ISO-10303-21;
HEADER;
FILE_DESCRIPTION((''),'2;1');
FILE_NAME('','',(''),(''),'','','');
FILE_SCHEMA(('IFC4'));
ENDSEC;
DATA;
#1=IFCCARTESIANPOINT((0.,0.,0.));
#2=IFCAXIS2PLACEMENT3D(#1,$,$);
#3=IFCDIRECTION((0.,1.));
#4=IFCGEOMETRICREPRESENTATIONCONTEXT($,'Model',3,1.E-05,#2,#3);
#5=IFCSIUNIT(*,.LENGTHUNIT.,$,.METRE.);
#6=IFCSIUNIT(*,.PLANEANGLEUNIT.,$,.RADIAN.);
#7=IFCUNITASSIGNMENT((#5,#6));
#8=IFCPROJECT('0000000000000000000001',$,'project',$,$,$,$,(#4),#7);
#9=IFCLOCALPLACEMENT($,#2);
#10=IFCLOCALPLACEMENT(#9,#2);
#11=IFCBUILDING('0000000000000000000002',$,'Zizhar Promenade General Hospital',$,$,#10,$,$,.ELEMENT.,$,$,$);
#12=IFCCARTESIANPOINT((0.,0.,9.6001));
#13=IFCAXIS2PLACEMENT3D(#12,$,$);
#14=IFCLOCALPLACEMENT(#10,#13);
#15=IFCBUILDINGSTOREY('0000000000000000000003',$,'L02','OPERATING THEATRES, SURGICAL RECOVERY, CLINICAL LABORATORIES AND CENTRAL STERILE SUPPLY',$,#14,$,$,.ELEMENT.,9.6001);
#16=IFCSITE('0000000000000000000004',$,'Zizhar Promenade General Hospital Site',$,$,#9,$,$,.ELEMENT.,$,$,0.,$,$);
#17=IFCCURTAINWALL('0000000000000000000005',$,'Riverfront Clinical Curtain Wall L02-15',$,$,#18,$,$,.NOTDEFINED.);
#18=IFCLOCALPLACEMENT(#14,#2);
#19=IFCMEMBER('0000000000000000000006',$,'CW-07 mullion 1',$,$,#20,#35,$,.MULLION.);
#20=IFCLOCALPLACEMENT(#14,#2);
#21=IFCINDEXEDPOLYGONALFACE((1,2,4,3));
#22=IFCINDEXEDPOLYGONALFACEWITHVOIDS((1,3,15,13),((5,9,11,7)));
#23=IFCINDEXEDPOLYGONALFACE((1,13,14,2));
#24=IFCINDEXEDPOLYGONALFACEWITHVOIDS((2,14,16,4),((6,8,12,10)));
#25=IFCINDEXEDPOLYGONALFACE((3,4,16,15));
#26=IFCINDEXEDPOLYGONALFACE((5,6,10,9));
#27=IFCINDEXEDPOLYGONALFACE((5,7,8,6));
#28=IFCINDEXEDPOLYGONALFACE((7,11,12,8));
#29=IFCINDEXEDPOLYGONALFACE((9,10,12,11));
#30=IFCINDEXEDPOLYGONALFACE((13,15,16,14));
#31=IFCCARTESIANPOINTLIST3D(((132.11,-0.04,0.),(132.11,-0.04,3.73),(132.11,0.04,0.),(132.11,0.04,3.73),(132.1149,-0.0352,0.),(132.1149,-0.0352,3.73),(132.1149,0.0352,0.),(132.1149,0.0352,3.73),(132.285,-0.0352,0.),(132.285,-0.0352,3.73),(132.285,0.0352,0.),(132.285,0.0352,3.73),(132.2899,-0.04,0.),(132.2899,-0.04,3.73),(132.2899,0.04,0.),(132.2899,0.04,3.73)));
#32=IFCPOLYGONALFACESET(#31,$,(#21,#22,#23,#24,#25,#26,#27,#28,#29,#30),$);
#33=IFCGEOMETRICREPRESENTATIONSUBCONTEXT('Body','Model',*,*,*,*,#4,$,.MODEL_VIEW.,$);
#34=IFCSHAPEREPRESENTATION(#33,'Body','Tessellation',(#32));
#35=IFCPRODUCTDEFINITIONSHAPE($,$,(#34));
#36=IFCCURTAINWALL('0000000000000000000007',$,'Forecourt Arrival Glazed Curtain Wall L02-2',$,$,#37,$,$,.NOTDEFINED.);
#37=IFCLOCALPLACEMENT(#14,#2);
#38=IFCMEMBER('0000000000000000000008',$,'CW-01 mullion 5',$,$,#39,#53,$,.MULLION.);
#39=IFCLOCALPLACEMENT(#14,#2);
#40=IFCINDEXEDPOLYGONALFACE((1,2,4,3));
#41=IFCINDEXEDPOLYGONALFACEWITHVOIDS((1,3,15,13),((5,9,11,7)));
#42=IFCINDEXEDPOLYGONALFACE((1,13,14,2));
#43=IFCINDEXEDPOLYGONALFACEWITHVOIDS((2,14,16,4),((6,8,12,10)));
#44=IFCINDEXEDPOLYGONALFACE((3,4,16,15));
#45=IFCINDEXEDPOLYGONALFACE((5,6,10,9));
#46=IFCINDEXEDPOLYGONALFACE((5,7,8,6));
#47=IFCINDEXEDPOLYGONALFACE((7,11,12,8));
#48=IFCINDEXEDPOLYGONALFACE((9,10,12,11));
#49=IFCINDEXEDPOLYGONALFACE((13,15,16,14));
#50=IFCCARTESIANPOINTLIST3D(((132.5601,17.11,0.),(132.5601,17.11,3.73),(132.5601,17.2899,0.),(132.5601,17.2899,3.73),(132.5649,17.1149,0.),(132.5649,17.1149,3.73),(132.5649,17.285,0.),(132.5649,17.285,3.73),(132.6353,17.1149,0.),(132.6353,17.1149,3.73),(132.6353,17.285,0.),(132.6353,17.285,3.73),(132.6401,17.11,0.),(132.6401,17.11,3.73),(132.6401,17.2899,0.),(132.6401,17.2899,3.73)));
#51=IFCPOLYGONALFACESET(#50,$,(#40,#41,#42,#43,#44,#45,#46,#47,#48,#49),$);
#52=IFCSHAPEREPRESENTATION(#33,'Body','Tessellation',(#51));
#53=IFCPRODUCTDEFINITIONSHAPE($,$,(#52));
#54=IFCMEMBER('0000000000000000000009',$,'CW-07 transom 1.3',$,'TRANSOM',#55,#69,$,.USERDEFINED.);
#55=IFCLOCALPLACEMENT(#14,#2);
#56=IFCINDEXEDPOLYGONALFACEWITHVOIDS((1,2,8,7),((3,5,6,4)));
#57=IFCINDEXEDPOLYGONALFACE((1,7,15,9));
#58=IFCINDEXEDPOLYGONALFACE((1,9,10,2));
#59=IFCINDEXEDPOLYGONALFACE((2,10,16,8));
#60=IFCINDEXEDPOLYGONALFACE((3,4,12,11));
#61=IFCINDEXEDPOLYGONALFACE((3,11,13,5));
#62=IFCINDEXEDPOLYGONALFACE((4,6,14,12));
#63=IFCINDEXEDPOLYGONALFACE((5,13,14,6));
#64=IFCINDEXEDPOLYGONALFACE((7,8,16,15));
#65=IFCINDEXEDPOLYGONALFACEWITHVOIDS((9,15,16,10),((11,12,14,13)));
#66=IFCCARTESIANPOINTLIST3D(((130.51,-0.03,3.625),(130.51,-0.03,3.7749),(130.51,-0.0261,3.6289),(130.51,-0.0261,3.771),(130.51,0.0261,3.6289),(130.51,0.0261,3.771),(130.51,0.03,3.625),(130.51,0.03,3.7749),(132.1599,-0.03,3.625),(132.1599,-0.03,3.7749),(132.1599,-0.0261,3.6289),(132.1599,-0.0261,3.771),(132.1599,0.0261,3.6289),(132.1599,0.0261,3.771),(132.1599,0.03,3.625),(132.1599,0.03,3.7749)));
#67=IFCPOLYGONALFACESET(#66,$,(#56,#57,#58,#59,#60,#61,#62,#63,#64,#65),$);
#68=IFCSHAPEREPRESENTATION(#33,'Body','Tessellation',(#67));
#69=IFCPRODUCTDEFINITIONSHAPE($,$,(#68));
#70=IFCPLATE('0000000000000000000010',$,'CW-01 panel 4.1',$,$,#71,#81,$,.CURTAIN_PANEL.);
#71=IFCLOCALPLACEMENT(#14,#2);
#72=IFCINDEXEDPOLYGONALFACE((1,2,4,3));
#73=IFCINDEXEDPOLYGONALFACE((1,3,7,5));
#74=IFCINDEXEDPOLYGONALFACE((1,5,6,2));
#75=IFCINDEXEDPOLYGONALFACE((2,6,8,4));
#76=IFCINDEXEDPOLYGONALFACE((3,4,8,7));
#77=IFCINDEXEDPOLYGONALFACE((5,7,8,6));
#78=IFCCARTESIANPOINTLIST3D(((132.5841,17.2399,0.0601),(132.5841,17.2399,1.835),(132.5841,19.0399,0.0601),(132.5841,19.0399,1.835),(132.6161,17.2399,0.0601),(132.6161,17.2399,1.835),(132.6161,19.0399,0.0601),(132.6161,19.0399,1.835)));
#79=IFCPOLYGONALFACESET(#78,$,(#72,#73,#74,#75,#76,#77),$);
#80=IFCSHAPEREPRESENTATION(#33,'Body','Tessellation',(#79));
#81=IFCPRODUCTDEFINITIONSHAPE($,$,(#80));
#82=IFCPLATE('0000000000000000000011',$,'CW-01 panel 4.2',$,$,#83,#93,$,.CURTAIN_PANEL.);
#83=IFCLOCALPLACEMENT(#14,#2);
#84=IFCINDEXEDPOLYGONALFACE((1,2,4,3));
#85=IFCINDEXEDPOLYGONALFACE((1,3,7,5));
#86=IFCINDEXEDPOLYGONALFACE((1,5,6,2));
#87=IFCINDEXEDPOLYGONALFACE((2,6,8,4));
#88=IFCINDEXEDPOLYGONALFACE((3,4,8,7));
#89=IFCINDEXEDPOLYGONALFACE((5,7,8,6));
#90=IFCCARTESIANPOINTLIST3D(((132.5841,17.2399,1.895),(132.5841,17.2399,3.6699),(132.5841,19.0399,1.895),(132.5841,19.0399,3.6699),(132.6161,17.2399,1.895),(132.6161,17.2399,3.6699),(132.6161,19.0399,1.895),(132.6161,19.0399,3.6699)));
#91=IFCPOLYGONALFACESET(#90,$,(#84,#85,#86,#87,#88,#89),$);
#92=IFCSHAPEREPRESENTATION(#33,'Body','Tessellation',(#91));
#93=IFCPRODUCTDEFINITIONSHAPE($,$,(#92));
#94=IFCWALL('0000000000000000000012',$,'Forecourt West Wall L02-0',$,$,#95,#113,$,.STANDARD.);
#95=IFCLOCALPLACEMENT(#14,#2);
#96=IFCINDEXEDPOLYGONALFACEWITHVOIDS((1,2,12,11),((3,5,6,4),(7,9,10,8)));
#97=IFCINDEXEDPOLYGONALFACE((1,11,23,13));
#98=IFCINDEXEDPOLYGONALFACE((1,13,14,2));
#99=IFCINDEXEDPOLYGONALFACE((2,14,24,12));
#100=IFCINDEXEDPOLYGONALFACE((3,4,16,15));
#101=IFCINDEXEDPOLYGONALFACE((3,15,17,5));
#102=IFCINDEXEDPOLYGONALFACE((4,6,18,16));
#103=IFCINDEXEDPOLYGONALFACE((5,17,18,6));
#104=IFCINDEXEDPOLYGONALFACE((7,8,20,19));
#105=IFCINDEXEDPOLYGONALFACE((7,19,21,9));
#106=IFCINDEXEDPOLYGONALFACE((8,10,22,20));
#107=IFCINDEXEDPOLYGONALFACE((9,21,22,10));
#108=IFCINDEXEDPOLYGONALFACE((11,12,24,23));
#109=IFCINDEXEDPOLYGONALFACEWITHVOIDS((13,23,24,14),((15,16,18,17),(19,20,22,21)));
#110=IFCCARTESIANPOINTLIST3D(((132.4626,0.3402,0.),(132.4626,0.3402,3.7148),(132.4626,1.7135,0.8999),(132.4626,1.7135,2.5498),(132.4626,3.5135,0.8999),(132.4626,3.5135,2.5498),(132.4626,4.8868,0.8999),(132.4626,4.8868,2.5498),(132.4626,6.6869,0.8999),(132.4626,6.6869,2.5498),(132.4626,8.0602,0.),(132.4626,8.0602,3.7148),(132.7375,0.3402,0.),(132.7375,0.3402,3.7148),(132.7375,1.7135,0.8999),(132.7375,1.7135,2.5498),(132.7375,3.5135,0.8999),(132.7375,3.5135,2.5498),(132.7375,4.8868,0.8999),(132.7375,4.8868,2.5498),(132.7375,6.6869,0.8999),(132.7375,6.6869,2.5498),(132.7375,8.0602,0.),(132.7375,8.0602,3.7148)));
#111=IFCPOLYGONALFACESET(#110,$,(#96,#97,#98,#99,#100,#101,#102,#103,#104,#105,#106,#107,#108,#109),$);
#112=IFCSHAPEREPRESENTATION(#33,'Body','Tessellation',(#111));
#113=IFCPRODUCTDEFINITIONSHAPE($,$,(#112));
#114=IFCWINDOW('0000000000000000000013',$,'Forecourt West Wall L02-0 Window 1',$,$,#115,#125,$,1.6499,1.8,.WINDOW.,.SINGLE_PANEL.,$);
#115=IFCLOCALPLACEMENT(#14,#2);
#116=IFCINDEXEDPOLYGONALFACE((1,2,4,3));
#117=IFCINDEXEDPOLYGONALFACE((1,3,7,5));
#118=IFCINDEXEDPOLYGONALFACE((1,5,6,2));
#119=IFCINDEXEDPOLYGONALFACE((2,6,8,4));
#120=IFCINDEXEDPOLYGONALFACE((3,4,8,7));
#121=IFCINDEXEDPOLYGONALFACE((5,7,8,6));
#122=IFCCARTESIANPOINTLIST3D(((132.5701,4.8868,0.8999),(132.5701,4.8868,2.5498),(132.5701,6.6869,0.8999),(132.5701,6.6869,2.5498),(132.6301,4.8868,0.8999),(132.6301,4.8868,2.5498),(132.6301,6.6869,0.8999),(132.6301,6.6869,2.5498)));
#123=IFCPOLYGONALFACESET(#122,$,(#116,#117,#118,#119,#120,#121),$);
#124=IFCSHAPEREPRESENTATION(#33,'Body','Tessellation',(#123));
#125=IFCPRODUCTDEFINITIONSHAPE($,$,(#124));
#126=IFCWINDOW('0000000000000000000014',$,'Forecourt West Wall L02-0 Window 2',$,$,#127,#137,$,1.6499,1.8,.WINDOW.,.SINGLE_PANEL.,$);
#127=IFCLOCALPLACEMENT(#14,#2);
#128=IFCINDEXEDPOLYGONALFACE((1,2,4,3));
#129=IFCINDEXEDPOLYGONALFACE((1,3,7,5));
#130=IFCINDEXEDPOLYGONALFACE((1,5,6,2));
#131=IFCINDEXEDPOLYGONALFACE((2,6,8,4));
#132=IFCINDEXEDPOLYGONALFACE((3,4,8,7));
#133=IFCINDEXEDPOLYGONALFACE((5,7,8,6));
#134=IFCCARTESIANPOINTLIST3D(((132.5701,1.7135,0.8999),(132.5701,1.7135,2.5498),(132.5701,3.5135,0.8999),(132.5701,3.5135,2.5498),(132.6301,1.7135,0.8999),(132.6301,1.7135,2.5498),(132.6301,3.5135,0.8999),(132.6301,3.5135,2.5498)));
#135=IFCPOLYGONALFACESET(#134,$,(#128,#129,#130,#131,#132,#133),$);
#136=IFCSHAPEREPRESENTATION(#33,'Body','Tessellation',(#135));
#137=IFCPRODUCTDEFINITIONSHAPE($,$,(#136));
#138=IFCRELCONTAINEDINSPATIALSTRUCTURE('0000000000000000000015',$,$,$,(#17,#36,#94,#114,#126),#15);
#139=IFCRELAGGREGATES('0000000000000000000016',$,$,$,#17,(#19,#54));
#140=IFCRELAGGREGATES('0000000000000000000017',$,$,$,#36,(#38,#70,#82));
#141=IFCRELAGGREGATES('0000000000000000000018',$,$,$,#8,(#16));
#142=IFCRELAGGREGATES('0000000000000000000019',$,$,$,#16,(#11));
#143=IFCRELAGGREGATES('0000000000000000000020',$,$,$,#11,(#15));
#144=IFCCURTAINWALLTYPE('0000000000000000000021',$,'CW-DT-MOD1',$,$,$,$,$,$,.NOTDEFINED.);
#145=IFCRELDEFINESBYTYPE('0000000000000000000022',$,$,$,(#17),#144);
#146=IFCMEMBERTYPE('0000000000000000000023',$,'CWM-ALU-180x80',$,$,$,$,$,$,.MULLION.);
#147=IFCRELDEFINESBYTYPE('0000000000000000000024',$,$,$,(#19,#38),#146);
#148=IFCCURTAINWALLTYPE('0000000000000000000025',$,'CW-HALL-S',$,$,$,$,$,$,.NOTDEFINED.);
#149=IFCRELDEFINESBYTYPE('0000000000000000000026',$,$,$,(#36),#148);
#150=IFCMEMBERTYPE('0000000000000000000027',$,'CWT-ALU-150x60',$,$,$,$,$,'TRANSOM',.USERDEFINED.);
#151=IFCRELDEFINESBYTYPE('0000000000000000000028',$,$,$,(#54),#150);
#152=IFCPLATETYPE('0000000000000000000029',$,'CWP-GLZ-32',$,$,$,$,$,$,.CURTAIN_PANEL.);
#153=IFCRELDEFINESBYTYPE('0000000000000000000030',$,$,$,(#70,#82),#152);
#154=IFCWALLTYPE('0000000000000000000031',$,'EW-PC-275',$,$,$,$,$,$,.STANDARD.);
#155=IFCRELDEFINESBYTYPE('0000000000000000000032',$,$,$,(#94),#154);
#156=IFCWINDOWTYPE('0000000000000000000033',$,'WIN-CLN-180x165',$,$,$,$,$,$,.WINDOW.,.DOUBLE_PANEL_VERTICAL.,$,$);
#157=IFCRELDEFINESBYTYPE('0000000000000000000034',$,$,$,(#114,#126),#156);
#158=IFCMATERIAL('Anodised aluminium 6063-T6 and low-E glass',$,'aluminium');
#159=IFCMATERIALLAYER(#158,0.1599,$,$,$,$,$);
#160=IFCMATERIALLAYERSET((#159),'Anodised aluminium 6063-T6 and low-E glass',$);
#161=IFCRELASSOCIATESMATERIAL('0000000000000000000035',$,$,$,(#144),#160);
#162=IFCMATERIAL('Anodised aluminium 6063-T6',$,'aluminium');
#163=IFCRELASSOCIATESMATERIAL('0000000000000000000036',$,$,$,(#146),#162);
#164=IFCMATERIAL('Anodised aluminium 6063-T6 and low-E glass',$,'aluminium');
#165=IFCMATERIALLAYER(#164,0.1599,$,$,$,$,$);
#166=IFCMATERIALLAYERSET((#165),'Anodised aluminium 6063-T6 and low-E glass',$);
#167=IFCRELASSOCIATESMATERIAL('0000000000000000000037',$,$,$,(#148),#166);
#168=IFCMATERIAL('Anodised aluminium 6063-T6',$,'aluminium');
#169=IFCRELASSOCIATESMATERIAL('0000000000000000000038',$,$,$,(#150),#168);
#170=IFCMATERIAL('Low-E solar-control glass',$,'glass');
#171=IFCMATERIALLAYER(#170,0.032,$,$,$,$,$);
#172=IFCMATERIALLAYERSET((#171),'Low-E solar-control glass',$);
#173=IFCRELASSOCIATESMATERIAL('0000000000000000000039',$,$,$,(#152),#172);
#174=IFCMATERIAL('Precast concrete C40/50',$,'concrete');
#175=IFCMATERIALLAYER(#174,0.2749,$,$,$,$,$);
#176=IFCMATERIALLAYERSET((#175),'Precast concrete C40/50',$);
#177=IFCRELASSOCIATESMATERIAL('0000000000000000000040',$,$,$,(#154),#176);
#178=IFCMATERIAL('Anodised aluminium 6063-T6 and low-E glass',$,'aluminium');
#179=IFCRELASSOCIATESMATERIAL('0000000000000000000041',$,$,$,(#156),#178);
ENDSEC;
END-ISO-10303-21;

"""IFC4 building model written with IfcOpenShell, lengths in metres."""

from ifc_helpers import new_model, si_unit, direction, frame, frame_2d, origin, origin_2d, place, context, subcontext, project, spatial, rectangle, hollow_rectangle, extrude, material, layer, layer_set, material_profile, profile_set, type_object, element, fill, aggregate, save


model = new_model("IFC4")

# Units and contexts
model_context = context("Model", 3, precision=1e-05, world=origin(), true_north=direction((0.0, 1.0)))
body_context = subcontext(model_context, "Body", "Model", "MODEL_VIEW")
ifc_project = project(units=[si_unit("LENGTHUNIT", "METRE"), si_unit("PLANEANGLEUNIT", "RADIAN")], contexts=[model_context])

# Site, building, storey
site_placement = place(None, origin())
site = spatial("IfcSite", under=ifc_project, at=site_placement, Name="Zizhar Promenade General Hospital Site", CompositionType="ELEMENT", RefElevation=0.0)
building_placement = place(site_placement, origin())
building = spatial("IfcBuilding", under=site, at=building_placement, Name="Zizhar Promenade General Hospital", CompositionType="ELEMENT")
storey_placement = place(building_placement, frame((0.0, 0.0, 9.6001)))
storey = spatial("IfcBuildingStorey", under=building, at=storey_placement, Name="L02", Description="OPERATING THEATRES, SURGICAL RECOVERY, CLINICAL LABORATORIES AND CENTRAL STERILE SUPPLY", CompositionType="ELEMENT", Elevation=9.6001)

# Curtain walls, members
ifc_material_1 = material(Name="Anodised aluminium 6063-T6 and low-E glass", Category="aluminium")
ifc_layer_1 = layer(ifc_material_1, 0.1599)
ifc_layer_set_1 = layer_set([ifc_layer_1], Name="Anodised aluminium 6063-T6 and low-E glass")
curtain_wall_type_1 = type_object("IfcCurtainWallType", Name="CW-DT-MOD1", PredefinedType="NOTDEFINED", material=ifc_layer_set_1)
curtain_wall_1_placement = place(storey_placement, origin())
curtain_wall_1 = element("IfcCurtainWall", 1, at=curtain_wall_1_placement, inside=storey, type_object=curtain_wall_type_1, Name="Riverfront Clinical Curtain Wall L02-15", PredefinedType="NOTDEFINED")
ifc_material_2 = material(Name="Anodised aluminium 6063-T6", Category="aluminium")
ifc_material_profile_1 = material_profile(ifc_material_2, hollow_rectangle(XDim=0.0801, YDim=0.1799, WallThickness=0.0049, at=origin_2d()))
ifc_profile_set_1 = profile_set([ifc_material_profile_1], Name="Anodised aluminium 6063-T6")
member_type_1 = type_object("IfcMemberType", Name="CWM-ALU-180x80", PredefinedType="MULLION", material=ifc_profile_set_1)
member_1_placement = place(storey_placement, frame((132.2, 0.0, 0.0), z_axis=(0.0, 0.0, 1.0), x_axis=(0.0, -1.0, 0.0)))
member_1 = element("IfcMember", 2, at=member_1_placement, type_object=member_type_1, Name="CW-07 mullion 1", PredefinedType="MULLION", context=body_context, shape_type="SweptSolid", body=[
    extrude(hollow_rectangle(XDim=0.0801, YDim=0.1799, WallThickness=0.0049, at=origin_2d()), origin(), (0.0, 0.0, 1.0), 3.73),
])
ifc_material_3 = material(Name="Anodised aluminium 6063-T6 and low-E glass", Category="aluminium")
ifc_layer_2 = layer(ifc_material_3, 0.1599)
ifc_layer_set_2 = layer_set([ifc_layer_2], Name="Anodised aluminium 6063-T6 and low-E glass")
curtain_wall_type_2 = type_object("IfcCurtainWallType", Name="CW-HALL-S", PredefinedType="NOTDEFINED", material=ifc_layer_set_2)
curtain_wall_2_placement = place(storey_placement, origin())
curtain_wall_2 = element("IfcCurtainWall", 3, at=curtain_wall_2_placement, inside=storey, type_object=curtain_wall_type_2, Name="Forecourt Arrival Glazed Curtain Wall L02-2", PredefinedType="NOTDEFINED")
member_2_placement = place(storey_placement, frame((132.6001, 17.2, 0.0), z_axis=(0.0, 0.0, 1.0), x_axis=(1.0, 0.0, 0.0)))
member_2 = element("IfcMember", 4, at=member_2_placement, type_object=member_type_1, Name="CW-01 mullion 5", PredefinedType="MULLION", context=body_context, shape_type="SweptSolid", body=[
    extrude(hollow_rectangle(XDim=0.0801, YDim=0.1799, WallThickness=0.0049, at=origin_2d()), origin(), (0.0, 0.0, 1.0), 3.73),
])

# Member
ifc_material_4 = material(Name="Anodised aluminium 6063-T6", Category="aluminium")
ifc_material_profile_2 = material_profile(ifc_material_4, hollow_rectangle(XDim=0.0601, YDim=0.1499, WallThickness=0.0039, at=origin_2d()))
ifc_profile_set_2 = profile_set([ifc_material_profile_2], Name="Anodised aluminium 6063-T6")
member_type_2 = type_object("IfcMemberType", Name="CWT-ALU-150x60", ElementType="TRANSOM", PredefinedType="USERDEFINED", material=ifc_profile_set_2)
member_3_placement = place(storey_placement, frame((132.1599, 0.0, 3.7), z_axis=(-1.0, 0.0, 0.0), x_axis=(0.0, -1.0, 0.0)))
member_3 = element("IfcMember", 5, at=member_3_placement, type_object=member_type_2, Name="CW-07 transom 1.3", ObjectType="TRANSOM", PredefinedType="USERDEFINED", context=body_context, shape_type="SweptSolid", body=[
    extrude(hollow_rectangle(XDim=0.0601, YDim=0.1499, WallThickness=0.0039, at=origin_2d()), origin(), (0.0, 0.0, 1.0), 1.6499),
])
aggregate(curtain_wall_1, [member_1, member_3])

# Plates
ifc_material_5 = material(Name="Low-E solar-control glass", Category="glass")
ifc_layer_3 = layer(ifc_material_5, 0.032)
ifc_layer_set_3 = layer_set([ifc_layer_3], Name="Low-E solar-control glass")
plate_type = type_object("IfcPlateType", Name="CWP-GLZ-32", PredefinedType="CURTAIN_PANEL", material=ifc_layer_set_3)
plate_1_placement = place(storey_placement, frame((132.6001, 18.1399, 0.0601), z_axis=(0.0, 0.0, 1.0), x_axis=(0.0, -1.0, 0.0)))
plate_1 = element("IfcPlate", 6, at=plate_1_placement, type_object=plate_type, Name="CW-01 panel 4.1", PredefinedType="CURTAIN_PANEL", context=body_context, shape_type="SweptSolid", body=[
    extrude(rectangle(XDim=1.8, YDim=0.032, at=origin_2d()), origin(), (0.0, 0.0, 1.0), 1.7749),
])
plate_2_placement = place(storey_placement, frame((132.6001, 18.1399, 1.895), z_axis=(0.0, 0.0, 1.0), x_axis=(0.0, -1.0, 0.0)))
plate_2 = element("IfcPlate", 7, at=plate_2_placement, type_object=plate_type, Name="CW-01 panel 4.2", PredefinedType="CURTAIN_PANEL", context=body_context, shape_type="SweptSolid", body=[
    extrude(rectangle(XDim=1.8, YDim=0.032, at=origin_2d()), origin(), (0.0, 0.0, 1.0), 1.7749),
])
aggregate(curtain_wall_2, [member_2, plate_1, plate_2])

# Wall, openings, windows
ifc_material_6 = material(Name="Precast concrete C40/50", Category="concrete")
ifc_layer_4 = layer(ifc_material_6, 0.2749)
ifc_layer_set_4 = layer_set([ifc_layer_4], Name="Precast concrete C40/50")
wall_type = type_object("IfcWallType", Name="EW-PC-275", PredefinedType="STANDARD", material=ifc_layer_set_4)
wall_1_placement = place(storey_placement, frame((132.6001, 8.0601, 0.0), z_axis=(0.0, 0.0, 1.0), x_axis=(0.0, -1.0, 0.0)))
wall_1 = element("IfcWall", 8, at=wall_1_placement, inside=storey, type_object=wall_type, Name="Forecourt West Wall L02-0", PredefinedType="STANDARD", context=body_context, shape_type="SweptSolid", body=[
    extrude(rectangle(XDim=7.72, YDim=0.2749, at=frame_2d((3.8599, 0.0))), origin(), (0.0, 0.0, 1.0), 3.7148),
])
opening_1_placement = place(wall_1_placement, frame((1.3733, 0.0, 0.8999)))
opening_1 = element("IfcOpeningElement", 9, at=opening_1_placement, cuts=wall_1, PredefinedType="OPENING", context=body_context, shape_type="SweptSolid", body=[
    extrude(rectangle(XDim=1.8, YDim=1.6499, at=frame_2d((0.8999, 0.825))), frame((0.0, 0.1475, 0.0), z_axis=(0.0, -1.0, 0.0), x_axis=(1.0, 0.0, 0.0)), (0.0, 0.0, 1.0), 0.2949),
])
opening_2_placement = place(wall_1_placement, frame((4.5466, 0.0, 0.8999)))
opening_2 = element("IfcOpeningElement", 10, at=opening_2_placement, cuts=wall_1, PredefinedType="OPENING", context=body_context, shape_type="SweptSolid", body=[
    extrude(rectangle(XDim=1.8, YDim=1.6499, at=frame_2d((0.8999, 0.825))), frame((0.0, 0.1475, 0.0), z_axis=(0.0, -1.0, 0.0), x_axis=(1.0, 0.0, 0.0)), (0.0, 0.0, 1.0), 0.2949),
])
ifc_material_7 = material(Name="Anodised aluminium 6063-T6 and low-E glass", Category="aluminium")
window_type = type_object("IfcWindowType", Name="WIN-CLN-180x165", PartitioningType="DOUBLE_PANEL_VERTICAL", PredefinedType="WINDOW", material=ifc_material_7)
window_1_placement = place(opening_1_placement, origin())
window_1 = element("IfcWindow", 11, at=window_1_placement, inside=storey, type_object=window_type, Name="Forecourt West Wall L02-0 Window 1", OverallHeight=1.6499, OverallWidth=1.8, PartitioningType="SINGLE_PANEL", PredefinedType="WINDOW", context=body_context, shape_type="SweptSolid", body=[
    extrude(rectangle(XDim=1.8, YDim=1.6499, at=frame_2d((0.8999, 0.825))), frame((0.0, 0.03, 0.0), z_axis=(0.0, -1.0, 0.0), x_axis=(1.0, 0.0, 0.0)), (0.0, 0.0, 1.0), 0.0601),
])
fill(opening_1, window_1)
window_2_placement = place(opening_2_placement, origin())
window_2 = element("IfcWindow", 12, at=window_2_placement, inside=storey, type_object=window_type, Name="Forecourt West Wall L02-0 Window 2", OverallHeight=1.6499, OverallWidth=1.8, PartitioningType="SINGLE_PANEL", PredefinedType="WINDOW", context=body_context, shape_type="SweptSolid", body=[
    extrude(rectangle(XDim=1.8, YDim=1.6499, at=frame_2d((0.8999, 0.825))), frame((0.0, 0.03, 0.0), z_axis=(0.0, -1.0, 0.0), x_axis=(1.0, 0.0, 0.0)), (0.0, 0.0, 1.0), 0.0601),
])
fill(opening_2, window_2)

save(model, "model.ifc")
